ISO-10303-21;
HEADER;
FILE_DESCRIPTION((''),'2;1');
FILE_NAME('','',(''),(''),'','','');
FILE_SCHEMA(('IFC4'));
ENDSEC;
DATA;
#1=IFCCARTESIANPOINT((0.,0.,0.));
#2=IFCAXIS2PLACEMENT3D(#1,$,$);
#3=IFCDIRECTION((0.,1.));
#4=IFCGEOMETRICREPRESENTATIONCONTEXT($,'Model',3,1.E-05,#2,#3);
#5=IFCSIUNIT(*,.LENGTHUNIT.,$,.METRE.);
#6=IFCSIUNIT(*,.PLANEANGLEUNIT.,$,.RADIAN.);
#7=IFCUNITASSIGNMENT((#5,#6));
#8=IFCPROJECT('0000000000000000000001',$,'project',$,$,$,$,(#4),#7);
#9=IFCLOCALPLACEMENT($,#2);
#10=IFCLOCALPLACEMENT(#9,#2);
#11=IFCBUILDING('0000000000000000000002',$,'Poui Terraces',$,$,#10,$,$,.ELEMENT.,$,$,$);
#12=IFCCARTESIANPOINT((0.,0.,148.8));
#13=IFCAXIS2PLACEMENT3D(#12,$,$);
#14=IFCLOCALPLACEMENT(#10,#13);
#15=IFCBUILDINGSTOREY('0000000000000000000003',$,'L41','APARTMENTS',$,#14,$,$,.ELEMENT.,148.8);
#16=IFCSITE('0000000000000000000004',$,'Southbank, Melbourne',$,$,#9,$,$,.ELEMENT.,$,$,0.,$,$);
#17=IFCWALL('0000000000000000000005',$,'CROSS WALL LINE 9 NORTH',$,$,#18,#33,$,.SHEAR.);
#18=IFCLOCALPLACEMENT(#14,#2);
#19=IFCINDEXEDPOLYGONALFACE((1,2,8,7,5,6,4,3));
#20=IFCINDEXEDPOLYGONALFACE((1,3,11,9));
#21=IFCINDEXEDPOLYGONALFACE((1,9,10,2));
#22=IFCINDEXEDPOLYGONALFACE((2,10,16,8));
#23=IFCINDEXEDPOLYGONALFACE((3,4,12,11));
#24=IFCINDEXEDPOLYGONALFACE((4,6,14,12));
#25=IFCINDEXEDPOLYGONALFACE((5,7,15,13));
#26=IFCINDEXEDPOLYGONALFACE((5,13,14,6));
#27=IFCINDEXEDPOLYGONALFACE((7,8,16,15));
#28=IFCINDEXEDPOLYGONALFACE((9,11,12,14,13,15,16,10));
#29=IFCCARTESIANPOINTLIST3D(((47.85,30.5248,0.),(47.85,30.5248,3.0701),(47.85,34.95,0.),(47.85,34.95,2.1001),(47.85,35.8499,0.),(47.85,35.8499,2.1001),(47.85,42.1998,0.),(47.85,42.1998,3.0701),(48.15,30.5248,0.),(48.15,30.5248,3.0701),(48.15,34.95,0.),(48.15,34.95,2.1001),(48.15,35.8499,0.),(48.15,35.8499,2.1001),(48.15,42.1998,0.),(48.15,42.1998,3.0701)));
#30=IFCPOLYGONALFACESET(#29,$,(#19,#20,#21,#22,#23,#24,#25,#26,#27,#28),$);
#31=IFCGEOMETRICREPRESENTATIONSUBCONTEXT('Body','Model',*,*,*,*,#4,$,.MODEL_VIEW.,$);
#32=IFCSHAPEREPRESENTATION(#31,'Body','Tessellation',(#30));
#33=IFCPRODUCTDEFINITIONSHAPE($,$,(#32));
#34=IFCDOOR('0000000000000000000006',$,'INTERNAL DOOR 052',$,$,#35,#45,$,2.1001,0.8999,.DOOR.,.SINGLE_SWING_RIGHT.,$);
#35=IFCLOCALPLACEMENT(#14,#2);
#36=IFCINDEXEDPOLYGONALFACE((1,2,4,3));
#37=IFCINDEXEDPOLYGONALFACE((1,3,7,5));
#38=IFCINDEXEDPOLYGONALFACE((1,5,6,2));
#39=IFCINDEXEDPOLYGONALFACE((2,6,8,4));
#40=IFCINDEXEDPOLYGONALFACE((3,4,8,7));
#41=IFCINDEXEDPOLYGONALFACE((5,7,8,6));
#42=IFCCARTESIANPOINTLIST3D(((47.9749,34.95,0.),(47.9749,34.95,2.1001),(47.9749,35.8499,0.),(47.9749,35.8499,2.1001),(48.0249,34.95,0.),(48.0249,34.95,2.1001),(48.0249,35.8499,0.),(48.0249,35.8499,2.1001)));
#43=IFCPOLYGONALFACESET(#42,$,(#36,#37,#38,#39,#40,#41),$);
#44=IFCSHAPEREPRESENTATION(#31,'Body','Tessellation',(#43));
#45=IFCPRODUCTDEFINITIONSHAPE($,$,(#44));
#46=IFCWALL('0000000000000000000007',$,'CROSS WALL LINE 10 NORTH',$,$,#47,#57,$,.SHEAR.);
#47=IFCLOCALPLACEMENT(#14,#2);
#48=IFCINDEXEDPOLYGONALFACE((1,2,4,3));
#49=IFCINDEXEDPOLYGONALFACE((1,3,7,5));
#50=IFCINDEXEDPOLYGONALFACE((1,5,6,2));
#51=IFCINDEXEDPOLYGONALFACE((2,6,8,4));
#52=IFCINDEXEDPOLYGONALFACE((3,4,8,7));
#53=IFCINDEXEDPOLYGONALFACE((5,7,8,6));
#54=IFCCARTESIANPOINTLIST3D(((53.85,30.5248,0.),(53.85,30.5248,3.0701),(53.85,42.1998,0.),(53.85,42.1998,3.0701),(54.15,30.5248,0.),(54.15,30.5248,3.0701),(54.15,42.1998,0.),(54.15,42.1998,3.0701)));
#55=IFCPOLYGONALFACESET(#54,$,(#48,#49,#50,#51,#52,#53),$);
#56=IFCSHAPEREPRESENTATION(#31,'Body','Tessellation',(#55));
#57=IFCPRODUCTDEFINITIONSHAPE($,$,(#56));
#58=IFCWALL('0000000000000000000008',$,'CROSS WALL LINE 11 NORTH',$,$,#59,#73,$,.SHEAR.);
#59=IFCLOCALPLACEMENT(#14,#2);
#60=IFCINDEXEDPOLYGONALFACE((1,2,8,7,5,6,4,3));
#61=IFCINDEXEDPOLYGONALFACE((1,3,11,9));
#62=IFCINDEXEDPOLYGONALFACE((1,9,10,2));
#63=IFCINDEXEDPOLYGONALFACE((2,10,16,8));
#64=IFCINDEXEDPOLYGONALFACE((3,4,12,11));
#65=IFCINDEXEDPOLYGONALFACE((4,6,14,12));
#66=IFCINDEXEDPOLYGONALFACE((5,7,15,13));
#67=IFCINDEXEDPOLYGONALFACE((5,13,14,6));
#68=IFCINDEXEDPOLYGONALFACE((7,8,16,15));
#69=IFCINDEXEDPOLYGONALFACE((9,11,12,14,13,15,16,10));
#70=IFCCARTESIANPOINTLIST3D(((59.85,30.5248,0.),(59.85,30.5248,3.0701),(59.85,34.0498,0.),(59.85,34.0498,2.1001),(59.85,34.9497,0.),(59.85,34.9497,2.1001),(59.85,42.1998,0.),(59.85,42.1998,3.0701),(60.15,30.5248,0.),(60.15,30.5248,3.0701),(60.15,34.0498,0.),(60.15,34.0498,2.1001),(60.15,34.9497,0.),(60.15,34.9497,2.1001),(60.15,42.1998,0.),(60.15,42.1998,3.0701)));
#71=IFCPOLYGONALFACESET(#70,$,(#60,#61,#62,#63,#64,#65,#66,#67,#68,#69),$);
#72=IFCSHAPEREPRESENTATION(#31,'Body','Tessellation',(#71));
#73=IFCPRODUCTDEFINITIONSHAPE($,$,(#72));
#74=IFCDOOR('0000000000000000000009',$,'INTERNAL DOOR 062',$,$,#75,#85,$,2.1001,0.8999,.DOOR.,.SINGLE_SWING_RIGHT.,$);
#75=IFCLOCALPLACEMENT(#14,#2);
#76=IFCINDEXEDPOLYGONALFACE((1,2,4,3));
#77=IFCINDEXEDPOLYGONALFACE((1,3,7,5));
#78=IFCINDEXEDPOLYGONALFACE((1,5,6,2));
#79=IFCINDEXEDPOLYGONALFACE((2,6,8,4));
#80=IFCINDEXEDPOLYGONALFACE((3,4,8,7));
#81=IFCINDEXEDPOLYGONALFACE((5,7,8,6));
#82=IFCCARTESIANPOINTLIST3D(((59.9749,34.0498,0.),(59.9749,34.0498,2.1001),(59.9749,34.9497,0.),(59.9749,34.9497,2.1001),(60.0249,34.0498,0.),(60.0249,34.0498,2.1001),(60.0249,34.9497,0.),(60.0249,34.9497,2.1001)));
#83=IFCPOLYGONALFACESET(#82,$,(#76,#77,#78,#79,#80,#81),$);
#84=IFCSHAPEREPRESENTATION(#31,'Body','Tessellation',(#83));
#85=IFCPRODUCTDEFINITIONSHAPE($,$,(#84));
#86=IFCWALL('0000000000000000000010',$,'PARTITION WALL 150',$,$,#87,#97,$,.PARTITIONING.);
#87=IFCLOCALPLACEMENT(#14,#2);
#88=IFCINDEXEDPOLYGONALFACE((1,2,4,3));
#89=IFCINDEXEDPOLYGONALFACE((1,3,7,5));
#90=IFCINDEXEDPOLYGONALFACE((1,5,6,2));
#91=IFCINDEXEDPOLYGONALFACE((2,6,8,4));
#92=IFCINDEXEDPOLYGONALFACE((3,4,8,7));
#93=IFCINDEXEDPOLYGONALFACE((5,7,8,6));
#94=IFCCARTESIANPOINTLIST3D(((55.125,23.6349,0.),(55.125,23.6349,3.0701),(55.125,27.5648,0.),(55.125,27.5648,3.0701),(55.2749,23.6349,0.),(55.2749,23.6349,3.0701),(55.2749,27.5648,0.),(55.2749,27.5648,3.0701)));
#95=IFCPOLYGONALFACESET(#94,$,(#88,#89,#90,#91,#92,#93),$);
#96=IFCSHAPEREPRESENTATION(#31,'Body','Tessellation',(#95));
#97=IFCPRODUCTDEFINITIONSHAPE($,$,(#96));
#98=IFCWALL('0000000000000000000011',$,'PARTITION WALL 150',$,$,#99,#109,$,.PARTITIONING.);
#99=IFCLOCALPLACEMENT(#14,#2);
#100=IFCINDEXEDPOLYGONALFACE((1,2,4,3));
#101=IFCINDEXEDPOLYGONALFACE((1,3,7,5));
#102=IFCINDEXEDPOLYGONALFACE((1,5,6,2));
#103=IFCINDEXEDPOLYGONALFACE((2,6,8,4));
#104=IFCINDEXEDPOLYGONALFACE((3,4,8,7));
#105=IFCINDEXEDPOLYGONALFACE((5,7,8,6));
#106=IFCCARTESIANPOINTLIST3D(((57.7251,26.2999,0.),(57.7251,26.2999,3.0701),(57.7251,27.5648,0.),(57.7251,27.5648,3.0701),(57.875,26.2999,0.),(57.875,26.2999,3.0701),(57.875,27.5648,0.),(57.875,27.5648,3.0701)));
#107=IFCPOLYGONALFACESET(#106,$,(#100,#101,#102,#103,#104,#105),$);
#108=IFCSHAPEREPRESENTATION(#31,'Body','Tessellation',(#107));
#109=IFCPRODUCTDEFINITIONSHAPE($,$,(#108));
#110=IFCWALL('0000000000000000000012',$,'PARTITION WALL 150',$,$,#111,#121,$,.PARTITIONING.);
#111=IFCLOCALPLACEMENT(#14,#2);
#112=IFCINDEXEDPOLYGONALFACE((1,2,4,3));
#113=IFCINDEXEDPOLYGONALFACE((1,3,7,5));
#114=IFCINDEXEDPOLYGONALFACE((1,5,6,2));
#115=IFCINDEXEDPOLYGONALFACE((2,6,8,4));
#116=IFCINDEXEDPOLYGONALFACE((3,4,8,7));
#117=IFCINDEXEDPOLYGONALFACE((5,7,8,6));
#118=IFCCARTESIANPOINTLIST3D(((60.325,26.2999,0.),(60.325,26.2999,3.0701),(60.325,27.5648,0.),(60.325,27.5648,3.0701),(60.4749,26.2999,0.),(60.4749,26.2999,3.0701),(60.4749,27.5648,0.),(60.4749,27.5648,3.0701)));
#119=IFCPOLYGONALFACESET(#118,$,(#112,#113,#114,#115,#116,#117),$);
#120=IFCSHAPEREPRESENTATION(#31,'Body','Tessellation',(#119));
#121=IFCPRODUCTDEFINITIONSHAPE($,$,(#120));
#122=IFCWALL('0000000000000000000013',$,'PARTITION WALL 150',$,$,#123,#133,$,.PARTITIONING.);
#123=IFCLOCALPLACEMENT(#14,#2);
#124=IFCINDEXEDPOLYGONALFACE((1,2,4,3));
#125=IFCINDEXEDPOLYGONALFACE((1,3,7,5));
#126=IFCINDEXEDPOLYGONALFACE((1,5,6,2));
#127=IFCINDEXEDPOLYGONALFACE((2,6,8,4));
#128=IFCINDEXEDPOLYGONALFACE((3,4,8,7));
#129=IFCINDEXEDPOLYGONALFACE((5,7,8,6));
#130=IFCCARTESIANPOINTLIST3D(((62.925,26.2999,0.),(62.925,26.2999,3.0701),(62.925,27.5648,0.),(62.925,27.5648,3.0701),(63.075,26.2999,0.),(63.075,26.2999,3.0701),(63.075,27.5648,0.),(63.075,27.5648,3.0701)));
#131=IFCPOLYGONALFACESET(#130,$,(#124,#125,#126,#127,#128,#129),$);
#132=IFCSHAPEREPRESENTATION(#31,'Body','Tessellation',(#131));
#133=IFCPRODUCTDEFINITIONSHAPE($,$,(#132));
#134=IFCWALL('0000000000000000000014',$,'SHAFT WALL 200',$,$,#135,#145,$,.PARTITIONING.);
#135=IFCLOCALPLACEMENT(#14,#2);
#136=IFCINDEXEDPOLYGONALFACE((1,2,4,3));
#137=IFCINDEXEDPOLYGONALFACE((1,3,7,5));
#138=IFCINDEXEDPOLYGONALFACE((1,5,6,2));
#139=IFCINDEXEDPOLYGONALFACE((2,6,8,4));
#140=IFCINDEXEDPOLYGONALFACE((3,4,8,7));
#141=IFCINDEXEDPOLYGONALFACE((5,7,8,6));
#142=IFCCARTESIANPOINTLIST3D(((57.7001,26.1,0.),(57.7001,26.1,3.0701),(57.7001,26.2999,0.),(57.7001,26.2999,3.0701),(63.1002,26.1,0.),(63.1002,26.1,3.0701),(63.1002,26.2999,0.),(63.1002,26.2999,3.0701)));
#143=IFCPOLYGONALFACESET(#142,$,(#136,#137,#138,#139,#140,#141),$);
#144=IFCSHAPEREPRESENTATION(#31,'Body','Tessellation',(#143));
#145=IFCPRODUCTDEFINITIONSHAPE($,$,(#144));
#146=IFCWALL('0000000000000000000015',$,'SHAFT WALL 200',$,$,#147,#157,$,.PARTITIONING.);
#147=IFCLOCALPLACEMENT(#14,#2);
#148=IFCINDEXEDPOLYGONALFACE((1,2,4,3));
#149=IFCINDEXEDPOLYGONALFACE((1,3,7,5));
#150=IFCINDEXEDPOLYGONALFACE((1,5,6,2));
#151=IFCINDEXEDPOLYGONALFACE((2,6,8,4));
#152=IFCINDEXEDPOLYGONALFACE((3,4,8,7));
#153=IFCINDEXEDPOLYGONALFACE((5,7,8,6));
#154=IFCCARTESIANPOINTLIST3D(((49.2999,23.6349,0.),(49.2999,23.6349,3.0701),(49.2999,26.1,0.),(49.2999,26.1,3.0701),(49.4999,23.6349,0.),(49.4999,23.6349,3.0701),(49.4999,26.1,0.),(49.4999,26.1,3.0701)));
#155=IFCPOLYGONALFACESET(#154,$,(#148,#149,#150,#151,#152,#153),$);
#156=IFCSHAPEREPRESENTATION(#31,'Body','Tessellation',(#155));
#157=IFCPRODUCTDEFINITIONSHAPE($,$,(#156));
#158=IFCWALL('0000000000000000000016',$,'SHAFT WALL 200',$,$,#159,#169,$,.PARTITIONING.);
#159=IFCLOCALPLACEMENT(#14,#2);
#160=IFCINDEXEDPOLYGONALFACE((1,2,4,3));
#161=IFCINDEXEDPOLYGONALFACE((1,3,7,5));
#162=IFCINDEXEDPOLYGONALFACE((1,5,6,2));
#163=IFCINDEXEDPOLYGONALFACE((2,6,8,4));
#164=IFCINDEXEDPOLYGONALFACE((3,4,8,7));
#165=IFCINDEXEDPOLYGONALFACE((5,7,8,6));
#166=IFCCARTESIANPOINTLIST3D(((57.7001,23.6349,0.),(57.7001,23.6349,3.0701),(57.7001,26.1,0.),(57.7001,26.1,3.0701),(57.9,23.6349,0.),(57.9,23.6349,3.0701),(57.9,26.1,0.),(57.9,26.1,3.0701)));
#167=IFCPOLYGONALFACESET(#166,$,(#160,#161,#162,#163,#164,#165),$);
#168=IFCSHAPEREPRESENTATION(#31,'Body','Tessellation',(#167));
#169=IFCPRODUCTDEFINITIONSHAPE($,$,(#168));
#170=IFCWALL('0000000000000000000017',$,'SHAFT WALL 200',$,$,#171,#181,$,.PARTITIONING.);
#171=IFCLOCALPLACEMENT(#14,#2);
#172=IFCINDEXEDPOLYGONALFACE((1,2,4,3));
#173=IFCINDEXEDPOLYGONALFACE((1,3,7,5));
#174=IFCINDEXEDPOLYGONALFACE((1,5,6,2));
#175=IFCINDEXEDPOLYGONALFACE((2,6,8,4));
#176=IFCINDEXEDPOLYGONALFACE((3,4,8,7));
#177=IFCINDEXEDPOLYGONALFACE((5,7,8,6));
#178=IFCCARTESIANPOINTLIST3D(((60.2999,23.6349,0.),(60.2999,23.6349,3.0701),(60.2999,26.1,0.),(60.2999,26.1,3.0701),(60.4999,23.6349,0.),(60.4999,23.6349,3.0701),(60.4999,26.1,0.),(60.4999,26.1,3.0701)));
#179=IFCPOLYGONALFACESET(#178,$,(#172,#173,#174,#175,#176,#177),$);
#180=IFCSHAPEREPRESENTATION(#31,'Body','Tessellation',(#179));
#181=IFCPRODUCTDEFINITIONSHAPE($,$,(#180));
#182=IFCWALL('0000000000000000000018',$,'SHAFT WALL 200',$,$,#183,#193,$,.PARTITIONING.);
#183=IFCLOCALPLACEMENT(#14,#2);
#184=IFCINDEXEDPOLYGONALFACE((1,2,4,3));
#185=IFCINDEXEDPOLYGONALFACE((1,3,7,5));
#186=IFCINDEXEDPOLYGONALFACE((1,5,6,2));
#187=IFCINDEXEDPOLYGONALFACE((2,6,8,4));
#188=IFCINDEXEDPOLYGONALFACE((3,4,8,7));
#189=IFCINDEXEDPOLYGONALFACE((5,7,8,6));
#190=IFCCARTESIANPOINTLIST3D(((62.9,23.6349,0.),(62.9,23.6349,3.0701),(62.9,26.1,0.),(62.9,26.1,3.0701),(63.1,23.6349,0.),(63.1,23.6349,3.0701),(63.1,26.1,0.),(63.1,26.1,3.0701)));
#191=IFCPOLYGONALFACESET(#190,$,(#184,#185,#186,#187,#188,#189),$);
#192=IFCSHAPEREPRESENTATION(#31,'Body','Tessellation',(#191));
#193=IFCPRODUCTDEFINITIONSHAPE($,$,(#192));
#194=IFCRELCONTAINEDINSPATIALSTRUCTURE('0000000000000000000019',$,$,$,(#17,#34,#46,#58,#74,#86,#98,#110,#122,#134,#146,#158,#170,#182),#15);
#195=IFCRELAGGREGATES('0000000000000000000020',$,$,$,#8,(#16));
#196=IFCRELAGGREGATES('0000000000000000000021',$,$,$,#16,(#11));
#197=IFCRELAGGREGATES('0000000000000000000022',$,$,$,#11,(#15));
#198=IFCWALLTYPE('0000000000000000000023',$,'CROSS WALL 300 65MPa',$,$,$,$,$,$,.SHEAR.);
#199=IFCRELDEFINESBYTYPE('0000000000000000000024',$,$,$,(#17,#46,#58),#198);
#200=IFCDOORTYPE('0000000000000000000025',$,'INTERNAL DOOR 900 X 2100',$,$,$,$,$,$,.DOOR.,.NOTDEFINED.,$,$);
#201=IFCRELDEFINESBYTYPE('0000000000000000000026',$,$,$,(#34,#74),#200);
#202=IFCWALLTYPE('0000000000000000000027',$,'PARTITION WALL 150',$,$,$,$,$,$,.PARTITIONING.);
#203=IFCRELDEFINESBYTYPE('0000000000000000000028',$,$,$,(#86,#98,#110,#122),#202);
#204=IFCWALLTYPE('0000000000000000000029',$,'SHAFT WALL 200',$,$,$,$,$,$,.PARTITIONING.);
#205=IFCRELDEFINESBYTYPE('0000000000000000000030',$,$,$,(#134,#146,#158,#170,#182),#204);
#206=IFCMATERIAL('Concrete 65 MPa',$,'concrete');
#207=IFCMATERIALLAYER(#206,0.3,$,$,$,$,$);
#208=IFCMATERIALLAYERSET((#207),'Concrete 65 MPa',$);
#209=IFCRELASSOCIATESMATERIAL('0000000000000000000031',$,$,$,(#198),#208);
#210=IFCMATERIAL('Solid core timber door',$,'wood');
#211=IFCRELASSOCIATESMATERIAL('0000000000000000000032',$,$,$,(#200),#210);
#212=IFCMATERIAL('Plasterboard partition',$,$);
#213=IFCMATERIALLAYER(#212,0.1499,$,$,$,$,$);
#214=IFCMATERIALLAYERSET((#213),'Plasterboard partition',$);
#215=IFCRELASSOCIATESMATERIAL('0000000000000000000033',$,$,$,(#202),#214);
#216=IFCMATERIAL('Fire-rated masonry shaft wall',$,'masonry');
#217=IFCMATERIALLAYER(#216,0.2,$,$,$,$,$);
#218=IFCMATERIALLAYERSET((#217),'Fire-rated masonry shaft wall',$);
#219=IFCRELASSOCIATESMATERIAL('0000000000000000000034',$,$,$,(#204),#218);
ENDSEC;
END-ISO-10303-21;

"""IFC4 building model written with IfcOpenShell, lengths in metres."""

from ifc_helpers import new_model, si_unit, direction, frame, frame_2d, origin, place, context, subcontext, project, spatial, rectangle, extrude, material, layer, layer_set, type_object, element, fill, save


model = new_model("IFC4")

# Units and contexts
model_context = context("Model", 3, precision=1e-05, world=origin(), true_north=direction((0.0, 1.0)))
body_context = subcontext(model_context, "Body", "Model", "MODEL_VIEW")
ifc_project = project(units=[si_unit("LENGTHUNIT", "METRE"), si_unit("PLANEANGLEUNIT", "RADIAN")], contexts=[model_context])

# Site, building, storey
site_placement = place(None, origin())
site = spatial("IfcSite", under=ifc_project, at=site_placement, Name="Southbank, Melbourne", CompositionType="ELEMENT", RefElevation=0.0)
building_placement = place(site_placement, origin())
building = spatial("IfcBuilding", under=site, at=building_placement, Name="Poui Terraces", CompositionType="ELEMENT")
storey_placement = place(building_placement, frame((0.0, 0.0, 148.8)))
storey = spatial("IfcBuildingStorey", under=building, at=storey_placement, Name="L41", Description="APARTMENTS", CompositionType="ELEMENT", Elevation=148.8)

# Shared definitions
ifc_material_1 = material(Name="Concrete 65 MPa", Category="concrete")

# Wall, opening, door
ifc_layer_1 = layer(ifc_material_1, 0.3)
ifc_layer_set_1 = layer_set([ifc_layer_1], Name="Concrete 65 MPa")
wall_type_1 = type_object("IfcWallType", Name="CROSS WALL 300 65MPa", PredefinedType="SHEAR", material=ifc_layer_set_1)
wall_1_placement = place(storey_placement, frame((48.0, 30.5249, 0.0), z_axis=(0.0, 0.0, 1.0), x_axis=(0.0, 1.0, 0.0)))
wall_1 = element("IfcWall", 1, at=wall_1_placement, inside=storey, type_object=wall_type_1, Name="CROSS WALL LINE 9 NORTH", PredefinedType="SHEAR", context=body_context, shape_type="SweptSolid", body=[
    extrude(rectangle(XDim=11.675, YDim=0.3, at=frame_2d((5.8374, 0.0))), origin(), (0.0, 0.0, 1.0), 3.0701),
])
opening_1_placement = place(wall_1_placement, frame((4.425, 0.0, 0.0)))
opening_1 = element("IfcOpeningElement", 2, at=opening_1_placement, cuts=wall_1, PredefinedType="OPENING", context=body_context, shape_type="SweptSolid", body=[
    extrude(rectangle(XDim=0.8999, YDim=2.1001, at=frame_2d((0.45, 1.05))), frame((0.0, 0.1602, 0.0), z_axis=(0.0, -1.0, 0.0), x_axis=(1.0, 0.0, 0.0)), (0.0, 0.0, 1.0), 0.3201),
])
ifc_material_2 = material(Name="Solid core timber door", Category="wood")
door_type_1 = type_object("IfcDoorType", Name="INTERNAL DOOR 900 X 2100", OperationType="NOTDEFINED", PredefinedType="DOOR", material=ifc_material_2)
door_1_placement = place(opening_1_placement, frame((0.8999, 0.0, 0.0), z_axis=(0.0, 0.0, 1.0), x_axis=(-1.0, 0.0, 0.0)))
door_1 = element("IfcDoor", 3, at=door_1_placement, inside=storey, type_object=door_type_1, Name="INTERNAL DOOR 052", OperationType="SINGLE_SWING_RIGHT", OverallHeight=2.1001, OverallWidth=0.8999, PredefinedType="DOOR", context=body_context, shape_type="SweptSolid", body=[
    extrude(rectangle(XDim=0.8999, YDim=2.1001, at=frame_2d((0.45, 1.05))), frame((0.0, 0.0249, 0.0), z_axis=(0.0, -1.0, 0.0), x_axis=(1.0, 0.0, 0.0)), (0.0, 0.0, 1.0), 0.05),
])
fill(opening_1, door_1)

# Wall
wall_2_placement = place(storey_placement, frame((54.0, 30.5249, 0.0), z_axis=(0.0, 0.0, 1.0), x_axis=(0.0, 1.0, 0.0)))
element("IfcWall", 4, at=wall_2_placement, inside=storey, type_object=wall_type_1, Name="CROSS WALL LINE 10 NORTH", PredefinedType="SHEAR", context=body_context, shape_type="SweptSolid", body=[
    extrude(rectangle(XDim=11.675, YDim=0.3, at=frame_2d((5.8374, 0.0))), origin(), (0.0, 0.0, 1.0), 3.0701),
])

# Wall, opening, door
wall_3_placement = place(storey_placement, frame((60.0, 30.5249, 0.0), z_axis=(0.0, 0.0, 1.0), x_axis=(0.0, 1.0, 0.0)))
wall_3 = element("IfcWall", 5, at=wall_3_placement, inside=storey, type_object=wall_type_1, Name="CROSS WALL LINE 11 NORTH", PredefinedType="SHEAR", context=body_context, shape_type="SweptSolid", body=[
    extrude(rectangle(XDim=11.675, YDim=0.3, at=frame_2d((5.8374, 0.0))), origin(), (0.0, 0.0, 1.0), 3.0701),
])
opening_2_placement = place(wall_3_placement, frame((3.5249, 0.0, 0.0)))
opening_2 = element("IfcOpeningElement", 6, at=opening_2_placement, cuts=wall_3, PredefinedType="OPENING", context=body_context, shape_type="SweptSolid", body=[
    extrude(rectangle(XDim=0.8999, YDim=2.1001, at=frame_2d((0.45, 1.05))), frame((0.0, 0.1602, 0.0), z_axis=(0.0, -1.0, 0.0), x_axis=(1.0, 0.0, 0.0)), (0.0, 0.0, 1.0), 0.3201),
])
door_2_placement = place(opening_2_placement, frame((0.8999, 0.0, 0.0), z_axis=(0.0, 0.0, 1.0), x_axis=(-1.0, 0.0, 0.0)))
door_2 = element("IfcDoor", 7, at=door_2_placement, inside=storey, type_object=door_type_1, Name="INTERNAL DOOR 062", OperationType="SINGLE_SWING_RIGHT", OverallHeight=2.1001, OverallWidth=0.8999, PredefinedType="DOOR", context=body_context, shape_type="SweptSolid", body=[
    extrude(rectangle(XDim=0.8999, YDim=2.1001, at=frame_2d((0.45, 1.05))), frame((0.0, 0.0249, 0.0), z_axis=(0.0, -1.0, 0.0), x_axis=(1.0, 0.0, 0.0)), (0.0, 0.0, 1.0), 0.05),
])
fill(opening_2, door_2)

# Walls
ifc_material_3 = material(Name="Plasterboard partition")
ifc_layer_2 = layer(ifc_material_3, 0.1499)
ifc_layer_set_2 = layer_set([ifc_layer_2], Name="Plasterboard partition")
wall_type_2 = type_object("IfcWallType", Name="PARTITION WALL 150", PredefinedType="PARTITIONING", material=ifc_layer_set_2)
wall_4_placement = place(storey_placement, frame((55.2, 23.635, 0.0), z_axis=(0.0, 0.0, 1.0), x_axis=(0.0, 1.0, 0.0)))
element("IfcWall", 8, at=wall_4_placement, inside=storey, type_object=wall_type_2, Name="PARTITION WALL 150", PredefinedType="PARTITIONING", context=body_context, shape_type="SweptSolid", body=[
    extrude(rectangle(XDim=3.9299, YDim=0.1499, at=frame_2d((1.9648, 0.0))), origin(), (0.0, 0.0, 1.0), 3.0701),
])
for number, where, z_axis, x_axis, name in (
    (9, (57.8, 26.3, 0.0), (0.0, 0.0, 1.0), (0.0, 1.0, 0.0), "PARTITION WALL 150"),
    (10, (60.3999, 26.3, 0.0), (0.0, 0.0, 1.0), (0.0, 1.0, 0.0), "PARTITION WALL 150"),
    (11, (63.0, 26.3, 0.0), (0.0, 0.0, 1.0), (0.0, 1.0, 0.0), "PARTITION WALL 150"),
):
    element("IfcWall", number, at=place(storey_placement, frame(where, z_axis=z_axis, x_axis=x_axis)), inside=storey, type_object=wall_type_2, Name=name, PredefinedType="PARTITIONING", context=body_context, shape_type="SweptSolid", body=[
        extrude(rectangle(XDim=1.2649, YDim=0.1499, at=frame_2d((0.6323, 0.0))), origin(), (0.0, 0.0, 1.0), 3.0701),
    ])
ifc_material_4 = material(Name="Fire-rated masonry shaft wall", Category="masonry")
ifc_layer_3 = layer(ifc_material_4, 0.2)
ifc_layer_set_3 = layer_set([ifc_layer_3], Name="Fire-rated masonry shaft wall")
wall_type_3 = type_object("IfcWallType", Name="SHAFT WALL 200", PredefinedType="PARTITIONING", material=ifc_layer_set_3)
wall_5_placement = place(storey_placement, frame((57.7, 26.2, 0.0), z_axis=(0.0, 0.0, 1.0), x_axis=(1.0, 0.0, 0.0)))
element("IfcWall", 12, at=wall_5_placement, inside=storey, type_object=wall_type_3, Name="SHAFT WALL 200", PredefinedType="PARTITIONING", context=body_context, shape_type="SweptSolid", body=[
    extrude(rectangle(XDim=5.4001, YDim=0.2, at=frame_2d((2.7002, 0.0))), origin(), (0.0, 0.0, 1.0), 3.0701),
])
for number, where, z_axis, x_axis, name in (
    (13, (49.3999, 23.635, 0.0), (0.0, 0.0, 1.0), (0.0, 1.0, 0.0), "SHAFT WALL 200"),
    (14, (57.8, 23.635, 0.0), (0.0, 0.0, 1.0), (0.0, 1.0, 0.0), "SHAFT WALL 200"),
    (15, (60.3999, 23.635, 0.0), (0.0, 0.0, 1.0), (0.0, 1.0, 0.0), "SHAFT WALL 200"),
    (16, (63.0, 23.635, 0.0), (0.0, 0.0, 1.0), (0.0, 1.0, 0.0), "SHAFT WALL 200"),
):
    element("IfcWall", number, at=place(storey_placement, frame(where, z_axis=z_axis, x_axis=x_axis)), inside=storey, type_object=wall_type_3, Name=name, PredefinedType="PARTITIONING", context=body_context, shape_type="SweptSolid", body=[
        extrude(rectangle(XDim=2.4651, YDim=0.2, at=frame_2d((1.2324, 0.0))), origin(), (0.0, 0.0, 1.0), 3.0701),
    ])

save(model, "model.ifc")
